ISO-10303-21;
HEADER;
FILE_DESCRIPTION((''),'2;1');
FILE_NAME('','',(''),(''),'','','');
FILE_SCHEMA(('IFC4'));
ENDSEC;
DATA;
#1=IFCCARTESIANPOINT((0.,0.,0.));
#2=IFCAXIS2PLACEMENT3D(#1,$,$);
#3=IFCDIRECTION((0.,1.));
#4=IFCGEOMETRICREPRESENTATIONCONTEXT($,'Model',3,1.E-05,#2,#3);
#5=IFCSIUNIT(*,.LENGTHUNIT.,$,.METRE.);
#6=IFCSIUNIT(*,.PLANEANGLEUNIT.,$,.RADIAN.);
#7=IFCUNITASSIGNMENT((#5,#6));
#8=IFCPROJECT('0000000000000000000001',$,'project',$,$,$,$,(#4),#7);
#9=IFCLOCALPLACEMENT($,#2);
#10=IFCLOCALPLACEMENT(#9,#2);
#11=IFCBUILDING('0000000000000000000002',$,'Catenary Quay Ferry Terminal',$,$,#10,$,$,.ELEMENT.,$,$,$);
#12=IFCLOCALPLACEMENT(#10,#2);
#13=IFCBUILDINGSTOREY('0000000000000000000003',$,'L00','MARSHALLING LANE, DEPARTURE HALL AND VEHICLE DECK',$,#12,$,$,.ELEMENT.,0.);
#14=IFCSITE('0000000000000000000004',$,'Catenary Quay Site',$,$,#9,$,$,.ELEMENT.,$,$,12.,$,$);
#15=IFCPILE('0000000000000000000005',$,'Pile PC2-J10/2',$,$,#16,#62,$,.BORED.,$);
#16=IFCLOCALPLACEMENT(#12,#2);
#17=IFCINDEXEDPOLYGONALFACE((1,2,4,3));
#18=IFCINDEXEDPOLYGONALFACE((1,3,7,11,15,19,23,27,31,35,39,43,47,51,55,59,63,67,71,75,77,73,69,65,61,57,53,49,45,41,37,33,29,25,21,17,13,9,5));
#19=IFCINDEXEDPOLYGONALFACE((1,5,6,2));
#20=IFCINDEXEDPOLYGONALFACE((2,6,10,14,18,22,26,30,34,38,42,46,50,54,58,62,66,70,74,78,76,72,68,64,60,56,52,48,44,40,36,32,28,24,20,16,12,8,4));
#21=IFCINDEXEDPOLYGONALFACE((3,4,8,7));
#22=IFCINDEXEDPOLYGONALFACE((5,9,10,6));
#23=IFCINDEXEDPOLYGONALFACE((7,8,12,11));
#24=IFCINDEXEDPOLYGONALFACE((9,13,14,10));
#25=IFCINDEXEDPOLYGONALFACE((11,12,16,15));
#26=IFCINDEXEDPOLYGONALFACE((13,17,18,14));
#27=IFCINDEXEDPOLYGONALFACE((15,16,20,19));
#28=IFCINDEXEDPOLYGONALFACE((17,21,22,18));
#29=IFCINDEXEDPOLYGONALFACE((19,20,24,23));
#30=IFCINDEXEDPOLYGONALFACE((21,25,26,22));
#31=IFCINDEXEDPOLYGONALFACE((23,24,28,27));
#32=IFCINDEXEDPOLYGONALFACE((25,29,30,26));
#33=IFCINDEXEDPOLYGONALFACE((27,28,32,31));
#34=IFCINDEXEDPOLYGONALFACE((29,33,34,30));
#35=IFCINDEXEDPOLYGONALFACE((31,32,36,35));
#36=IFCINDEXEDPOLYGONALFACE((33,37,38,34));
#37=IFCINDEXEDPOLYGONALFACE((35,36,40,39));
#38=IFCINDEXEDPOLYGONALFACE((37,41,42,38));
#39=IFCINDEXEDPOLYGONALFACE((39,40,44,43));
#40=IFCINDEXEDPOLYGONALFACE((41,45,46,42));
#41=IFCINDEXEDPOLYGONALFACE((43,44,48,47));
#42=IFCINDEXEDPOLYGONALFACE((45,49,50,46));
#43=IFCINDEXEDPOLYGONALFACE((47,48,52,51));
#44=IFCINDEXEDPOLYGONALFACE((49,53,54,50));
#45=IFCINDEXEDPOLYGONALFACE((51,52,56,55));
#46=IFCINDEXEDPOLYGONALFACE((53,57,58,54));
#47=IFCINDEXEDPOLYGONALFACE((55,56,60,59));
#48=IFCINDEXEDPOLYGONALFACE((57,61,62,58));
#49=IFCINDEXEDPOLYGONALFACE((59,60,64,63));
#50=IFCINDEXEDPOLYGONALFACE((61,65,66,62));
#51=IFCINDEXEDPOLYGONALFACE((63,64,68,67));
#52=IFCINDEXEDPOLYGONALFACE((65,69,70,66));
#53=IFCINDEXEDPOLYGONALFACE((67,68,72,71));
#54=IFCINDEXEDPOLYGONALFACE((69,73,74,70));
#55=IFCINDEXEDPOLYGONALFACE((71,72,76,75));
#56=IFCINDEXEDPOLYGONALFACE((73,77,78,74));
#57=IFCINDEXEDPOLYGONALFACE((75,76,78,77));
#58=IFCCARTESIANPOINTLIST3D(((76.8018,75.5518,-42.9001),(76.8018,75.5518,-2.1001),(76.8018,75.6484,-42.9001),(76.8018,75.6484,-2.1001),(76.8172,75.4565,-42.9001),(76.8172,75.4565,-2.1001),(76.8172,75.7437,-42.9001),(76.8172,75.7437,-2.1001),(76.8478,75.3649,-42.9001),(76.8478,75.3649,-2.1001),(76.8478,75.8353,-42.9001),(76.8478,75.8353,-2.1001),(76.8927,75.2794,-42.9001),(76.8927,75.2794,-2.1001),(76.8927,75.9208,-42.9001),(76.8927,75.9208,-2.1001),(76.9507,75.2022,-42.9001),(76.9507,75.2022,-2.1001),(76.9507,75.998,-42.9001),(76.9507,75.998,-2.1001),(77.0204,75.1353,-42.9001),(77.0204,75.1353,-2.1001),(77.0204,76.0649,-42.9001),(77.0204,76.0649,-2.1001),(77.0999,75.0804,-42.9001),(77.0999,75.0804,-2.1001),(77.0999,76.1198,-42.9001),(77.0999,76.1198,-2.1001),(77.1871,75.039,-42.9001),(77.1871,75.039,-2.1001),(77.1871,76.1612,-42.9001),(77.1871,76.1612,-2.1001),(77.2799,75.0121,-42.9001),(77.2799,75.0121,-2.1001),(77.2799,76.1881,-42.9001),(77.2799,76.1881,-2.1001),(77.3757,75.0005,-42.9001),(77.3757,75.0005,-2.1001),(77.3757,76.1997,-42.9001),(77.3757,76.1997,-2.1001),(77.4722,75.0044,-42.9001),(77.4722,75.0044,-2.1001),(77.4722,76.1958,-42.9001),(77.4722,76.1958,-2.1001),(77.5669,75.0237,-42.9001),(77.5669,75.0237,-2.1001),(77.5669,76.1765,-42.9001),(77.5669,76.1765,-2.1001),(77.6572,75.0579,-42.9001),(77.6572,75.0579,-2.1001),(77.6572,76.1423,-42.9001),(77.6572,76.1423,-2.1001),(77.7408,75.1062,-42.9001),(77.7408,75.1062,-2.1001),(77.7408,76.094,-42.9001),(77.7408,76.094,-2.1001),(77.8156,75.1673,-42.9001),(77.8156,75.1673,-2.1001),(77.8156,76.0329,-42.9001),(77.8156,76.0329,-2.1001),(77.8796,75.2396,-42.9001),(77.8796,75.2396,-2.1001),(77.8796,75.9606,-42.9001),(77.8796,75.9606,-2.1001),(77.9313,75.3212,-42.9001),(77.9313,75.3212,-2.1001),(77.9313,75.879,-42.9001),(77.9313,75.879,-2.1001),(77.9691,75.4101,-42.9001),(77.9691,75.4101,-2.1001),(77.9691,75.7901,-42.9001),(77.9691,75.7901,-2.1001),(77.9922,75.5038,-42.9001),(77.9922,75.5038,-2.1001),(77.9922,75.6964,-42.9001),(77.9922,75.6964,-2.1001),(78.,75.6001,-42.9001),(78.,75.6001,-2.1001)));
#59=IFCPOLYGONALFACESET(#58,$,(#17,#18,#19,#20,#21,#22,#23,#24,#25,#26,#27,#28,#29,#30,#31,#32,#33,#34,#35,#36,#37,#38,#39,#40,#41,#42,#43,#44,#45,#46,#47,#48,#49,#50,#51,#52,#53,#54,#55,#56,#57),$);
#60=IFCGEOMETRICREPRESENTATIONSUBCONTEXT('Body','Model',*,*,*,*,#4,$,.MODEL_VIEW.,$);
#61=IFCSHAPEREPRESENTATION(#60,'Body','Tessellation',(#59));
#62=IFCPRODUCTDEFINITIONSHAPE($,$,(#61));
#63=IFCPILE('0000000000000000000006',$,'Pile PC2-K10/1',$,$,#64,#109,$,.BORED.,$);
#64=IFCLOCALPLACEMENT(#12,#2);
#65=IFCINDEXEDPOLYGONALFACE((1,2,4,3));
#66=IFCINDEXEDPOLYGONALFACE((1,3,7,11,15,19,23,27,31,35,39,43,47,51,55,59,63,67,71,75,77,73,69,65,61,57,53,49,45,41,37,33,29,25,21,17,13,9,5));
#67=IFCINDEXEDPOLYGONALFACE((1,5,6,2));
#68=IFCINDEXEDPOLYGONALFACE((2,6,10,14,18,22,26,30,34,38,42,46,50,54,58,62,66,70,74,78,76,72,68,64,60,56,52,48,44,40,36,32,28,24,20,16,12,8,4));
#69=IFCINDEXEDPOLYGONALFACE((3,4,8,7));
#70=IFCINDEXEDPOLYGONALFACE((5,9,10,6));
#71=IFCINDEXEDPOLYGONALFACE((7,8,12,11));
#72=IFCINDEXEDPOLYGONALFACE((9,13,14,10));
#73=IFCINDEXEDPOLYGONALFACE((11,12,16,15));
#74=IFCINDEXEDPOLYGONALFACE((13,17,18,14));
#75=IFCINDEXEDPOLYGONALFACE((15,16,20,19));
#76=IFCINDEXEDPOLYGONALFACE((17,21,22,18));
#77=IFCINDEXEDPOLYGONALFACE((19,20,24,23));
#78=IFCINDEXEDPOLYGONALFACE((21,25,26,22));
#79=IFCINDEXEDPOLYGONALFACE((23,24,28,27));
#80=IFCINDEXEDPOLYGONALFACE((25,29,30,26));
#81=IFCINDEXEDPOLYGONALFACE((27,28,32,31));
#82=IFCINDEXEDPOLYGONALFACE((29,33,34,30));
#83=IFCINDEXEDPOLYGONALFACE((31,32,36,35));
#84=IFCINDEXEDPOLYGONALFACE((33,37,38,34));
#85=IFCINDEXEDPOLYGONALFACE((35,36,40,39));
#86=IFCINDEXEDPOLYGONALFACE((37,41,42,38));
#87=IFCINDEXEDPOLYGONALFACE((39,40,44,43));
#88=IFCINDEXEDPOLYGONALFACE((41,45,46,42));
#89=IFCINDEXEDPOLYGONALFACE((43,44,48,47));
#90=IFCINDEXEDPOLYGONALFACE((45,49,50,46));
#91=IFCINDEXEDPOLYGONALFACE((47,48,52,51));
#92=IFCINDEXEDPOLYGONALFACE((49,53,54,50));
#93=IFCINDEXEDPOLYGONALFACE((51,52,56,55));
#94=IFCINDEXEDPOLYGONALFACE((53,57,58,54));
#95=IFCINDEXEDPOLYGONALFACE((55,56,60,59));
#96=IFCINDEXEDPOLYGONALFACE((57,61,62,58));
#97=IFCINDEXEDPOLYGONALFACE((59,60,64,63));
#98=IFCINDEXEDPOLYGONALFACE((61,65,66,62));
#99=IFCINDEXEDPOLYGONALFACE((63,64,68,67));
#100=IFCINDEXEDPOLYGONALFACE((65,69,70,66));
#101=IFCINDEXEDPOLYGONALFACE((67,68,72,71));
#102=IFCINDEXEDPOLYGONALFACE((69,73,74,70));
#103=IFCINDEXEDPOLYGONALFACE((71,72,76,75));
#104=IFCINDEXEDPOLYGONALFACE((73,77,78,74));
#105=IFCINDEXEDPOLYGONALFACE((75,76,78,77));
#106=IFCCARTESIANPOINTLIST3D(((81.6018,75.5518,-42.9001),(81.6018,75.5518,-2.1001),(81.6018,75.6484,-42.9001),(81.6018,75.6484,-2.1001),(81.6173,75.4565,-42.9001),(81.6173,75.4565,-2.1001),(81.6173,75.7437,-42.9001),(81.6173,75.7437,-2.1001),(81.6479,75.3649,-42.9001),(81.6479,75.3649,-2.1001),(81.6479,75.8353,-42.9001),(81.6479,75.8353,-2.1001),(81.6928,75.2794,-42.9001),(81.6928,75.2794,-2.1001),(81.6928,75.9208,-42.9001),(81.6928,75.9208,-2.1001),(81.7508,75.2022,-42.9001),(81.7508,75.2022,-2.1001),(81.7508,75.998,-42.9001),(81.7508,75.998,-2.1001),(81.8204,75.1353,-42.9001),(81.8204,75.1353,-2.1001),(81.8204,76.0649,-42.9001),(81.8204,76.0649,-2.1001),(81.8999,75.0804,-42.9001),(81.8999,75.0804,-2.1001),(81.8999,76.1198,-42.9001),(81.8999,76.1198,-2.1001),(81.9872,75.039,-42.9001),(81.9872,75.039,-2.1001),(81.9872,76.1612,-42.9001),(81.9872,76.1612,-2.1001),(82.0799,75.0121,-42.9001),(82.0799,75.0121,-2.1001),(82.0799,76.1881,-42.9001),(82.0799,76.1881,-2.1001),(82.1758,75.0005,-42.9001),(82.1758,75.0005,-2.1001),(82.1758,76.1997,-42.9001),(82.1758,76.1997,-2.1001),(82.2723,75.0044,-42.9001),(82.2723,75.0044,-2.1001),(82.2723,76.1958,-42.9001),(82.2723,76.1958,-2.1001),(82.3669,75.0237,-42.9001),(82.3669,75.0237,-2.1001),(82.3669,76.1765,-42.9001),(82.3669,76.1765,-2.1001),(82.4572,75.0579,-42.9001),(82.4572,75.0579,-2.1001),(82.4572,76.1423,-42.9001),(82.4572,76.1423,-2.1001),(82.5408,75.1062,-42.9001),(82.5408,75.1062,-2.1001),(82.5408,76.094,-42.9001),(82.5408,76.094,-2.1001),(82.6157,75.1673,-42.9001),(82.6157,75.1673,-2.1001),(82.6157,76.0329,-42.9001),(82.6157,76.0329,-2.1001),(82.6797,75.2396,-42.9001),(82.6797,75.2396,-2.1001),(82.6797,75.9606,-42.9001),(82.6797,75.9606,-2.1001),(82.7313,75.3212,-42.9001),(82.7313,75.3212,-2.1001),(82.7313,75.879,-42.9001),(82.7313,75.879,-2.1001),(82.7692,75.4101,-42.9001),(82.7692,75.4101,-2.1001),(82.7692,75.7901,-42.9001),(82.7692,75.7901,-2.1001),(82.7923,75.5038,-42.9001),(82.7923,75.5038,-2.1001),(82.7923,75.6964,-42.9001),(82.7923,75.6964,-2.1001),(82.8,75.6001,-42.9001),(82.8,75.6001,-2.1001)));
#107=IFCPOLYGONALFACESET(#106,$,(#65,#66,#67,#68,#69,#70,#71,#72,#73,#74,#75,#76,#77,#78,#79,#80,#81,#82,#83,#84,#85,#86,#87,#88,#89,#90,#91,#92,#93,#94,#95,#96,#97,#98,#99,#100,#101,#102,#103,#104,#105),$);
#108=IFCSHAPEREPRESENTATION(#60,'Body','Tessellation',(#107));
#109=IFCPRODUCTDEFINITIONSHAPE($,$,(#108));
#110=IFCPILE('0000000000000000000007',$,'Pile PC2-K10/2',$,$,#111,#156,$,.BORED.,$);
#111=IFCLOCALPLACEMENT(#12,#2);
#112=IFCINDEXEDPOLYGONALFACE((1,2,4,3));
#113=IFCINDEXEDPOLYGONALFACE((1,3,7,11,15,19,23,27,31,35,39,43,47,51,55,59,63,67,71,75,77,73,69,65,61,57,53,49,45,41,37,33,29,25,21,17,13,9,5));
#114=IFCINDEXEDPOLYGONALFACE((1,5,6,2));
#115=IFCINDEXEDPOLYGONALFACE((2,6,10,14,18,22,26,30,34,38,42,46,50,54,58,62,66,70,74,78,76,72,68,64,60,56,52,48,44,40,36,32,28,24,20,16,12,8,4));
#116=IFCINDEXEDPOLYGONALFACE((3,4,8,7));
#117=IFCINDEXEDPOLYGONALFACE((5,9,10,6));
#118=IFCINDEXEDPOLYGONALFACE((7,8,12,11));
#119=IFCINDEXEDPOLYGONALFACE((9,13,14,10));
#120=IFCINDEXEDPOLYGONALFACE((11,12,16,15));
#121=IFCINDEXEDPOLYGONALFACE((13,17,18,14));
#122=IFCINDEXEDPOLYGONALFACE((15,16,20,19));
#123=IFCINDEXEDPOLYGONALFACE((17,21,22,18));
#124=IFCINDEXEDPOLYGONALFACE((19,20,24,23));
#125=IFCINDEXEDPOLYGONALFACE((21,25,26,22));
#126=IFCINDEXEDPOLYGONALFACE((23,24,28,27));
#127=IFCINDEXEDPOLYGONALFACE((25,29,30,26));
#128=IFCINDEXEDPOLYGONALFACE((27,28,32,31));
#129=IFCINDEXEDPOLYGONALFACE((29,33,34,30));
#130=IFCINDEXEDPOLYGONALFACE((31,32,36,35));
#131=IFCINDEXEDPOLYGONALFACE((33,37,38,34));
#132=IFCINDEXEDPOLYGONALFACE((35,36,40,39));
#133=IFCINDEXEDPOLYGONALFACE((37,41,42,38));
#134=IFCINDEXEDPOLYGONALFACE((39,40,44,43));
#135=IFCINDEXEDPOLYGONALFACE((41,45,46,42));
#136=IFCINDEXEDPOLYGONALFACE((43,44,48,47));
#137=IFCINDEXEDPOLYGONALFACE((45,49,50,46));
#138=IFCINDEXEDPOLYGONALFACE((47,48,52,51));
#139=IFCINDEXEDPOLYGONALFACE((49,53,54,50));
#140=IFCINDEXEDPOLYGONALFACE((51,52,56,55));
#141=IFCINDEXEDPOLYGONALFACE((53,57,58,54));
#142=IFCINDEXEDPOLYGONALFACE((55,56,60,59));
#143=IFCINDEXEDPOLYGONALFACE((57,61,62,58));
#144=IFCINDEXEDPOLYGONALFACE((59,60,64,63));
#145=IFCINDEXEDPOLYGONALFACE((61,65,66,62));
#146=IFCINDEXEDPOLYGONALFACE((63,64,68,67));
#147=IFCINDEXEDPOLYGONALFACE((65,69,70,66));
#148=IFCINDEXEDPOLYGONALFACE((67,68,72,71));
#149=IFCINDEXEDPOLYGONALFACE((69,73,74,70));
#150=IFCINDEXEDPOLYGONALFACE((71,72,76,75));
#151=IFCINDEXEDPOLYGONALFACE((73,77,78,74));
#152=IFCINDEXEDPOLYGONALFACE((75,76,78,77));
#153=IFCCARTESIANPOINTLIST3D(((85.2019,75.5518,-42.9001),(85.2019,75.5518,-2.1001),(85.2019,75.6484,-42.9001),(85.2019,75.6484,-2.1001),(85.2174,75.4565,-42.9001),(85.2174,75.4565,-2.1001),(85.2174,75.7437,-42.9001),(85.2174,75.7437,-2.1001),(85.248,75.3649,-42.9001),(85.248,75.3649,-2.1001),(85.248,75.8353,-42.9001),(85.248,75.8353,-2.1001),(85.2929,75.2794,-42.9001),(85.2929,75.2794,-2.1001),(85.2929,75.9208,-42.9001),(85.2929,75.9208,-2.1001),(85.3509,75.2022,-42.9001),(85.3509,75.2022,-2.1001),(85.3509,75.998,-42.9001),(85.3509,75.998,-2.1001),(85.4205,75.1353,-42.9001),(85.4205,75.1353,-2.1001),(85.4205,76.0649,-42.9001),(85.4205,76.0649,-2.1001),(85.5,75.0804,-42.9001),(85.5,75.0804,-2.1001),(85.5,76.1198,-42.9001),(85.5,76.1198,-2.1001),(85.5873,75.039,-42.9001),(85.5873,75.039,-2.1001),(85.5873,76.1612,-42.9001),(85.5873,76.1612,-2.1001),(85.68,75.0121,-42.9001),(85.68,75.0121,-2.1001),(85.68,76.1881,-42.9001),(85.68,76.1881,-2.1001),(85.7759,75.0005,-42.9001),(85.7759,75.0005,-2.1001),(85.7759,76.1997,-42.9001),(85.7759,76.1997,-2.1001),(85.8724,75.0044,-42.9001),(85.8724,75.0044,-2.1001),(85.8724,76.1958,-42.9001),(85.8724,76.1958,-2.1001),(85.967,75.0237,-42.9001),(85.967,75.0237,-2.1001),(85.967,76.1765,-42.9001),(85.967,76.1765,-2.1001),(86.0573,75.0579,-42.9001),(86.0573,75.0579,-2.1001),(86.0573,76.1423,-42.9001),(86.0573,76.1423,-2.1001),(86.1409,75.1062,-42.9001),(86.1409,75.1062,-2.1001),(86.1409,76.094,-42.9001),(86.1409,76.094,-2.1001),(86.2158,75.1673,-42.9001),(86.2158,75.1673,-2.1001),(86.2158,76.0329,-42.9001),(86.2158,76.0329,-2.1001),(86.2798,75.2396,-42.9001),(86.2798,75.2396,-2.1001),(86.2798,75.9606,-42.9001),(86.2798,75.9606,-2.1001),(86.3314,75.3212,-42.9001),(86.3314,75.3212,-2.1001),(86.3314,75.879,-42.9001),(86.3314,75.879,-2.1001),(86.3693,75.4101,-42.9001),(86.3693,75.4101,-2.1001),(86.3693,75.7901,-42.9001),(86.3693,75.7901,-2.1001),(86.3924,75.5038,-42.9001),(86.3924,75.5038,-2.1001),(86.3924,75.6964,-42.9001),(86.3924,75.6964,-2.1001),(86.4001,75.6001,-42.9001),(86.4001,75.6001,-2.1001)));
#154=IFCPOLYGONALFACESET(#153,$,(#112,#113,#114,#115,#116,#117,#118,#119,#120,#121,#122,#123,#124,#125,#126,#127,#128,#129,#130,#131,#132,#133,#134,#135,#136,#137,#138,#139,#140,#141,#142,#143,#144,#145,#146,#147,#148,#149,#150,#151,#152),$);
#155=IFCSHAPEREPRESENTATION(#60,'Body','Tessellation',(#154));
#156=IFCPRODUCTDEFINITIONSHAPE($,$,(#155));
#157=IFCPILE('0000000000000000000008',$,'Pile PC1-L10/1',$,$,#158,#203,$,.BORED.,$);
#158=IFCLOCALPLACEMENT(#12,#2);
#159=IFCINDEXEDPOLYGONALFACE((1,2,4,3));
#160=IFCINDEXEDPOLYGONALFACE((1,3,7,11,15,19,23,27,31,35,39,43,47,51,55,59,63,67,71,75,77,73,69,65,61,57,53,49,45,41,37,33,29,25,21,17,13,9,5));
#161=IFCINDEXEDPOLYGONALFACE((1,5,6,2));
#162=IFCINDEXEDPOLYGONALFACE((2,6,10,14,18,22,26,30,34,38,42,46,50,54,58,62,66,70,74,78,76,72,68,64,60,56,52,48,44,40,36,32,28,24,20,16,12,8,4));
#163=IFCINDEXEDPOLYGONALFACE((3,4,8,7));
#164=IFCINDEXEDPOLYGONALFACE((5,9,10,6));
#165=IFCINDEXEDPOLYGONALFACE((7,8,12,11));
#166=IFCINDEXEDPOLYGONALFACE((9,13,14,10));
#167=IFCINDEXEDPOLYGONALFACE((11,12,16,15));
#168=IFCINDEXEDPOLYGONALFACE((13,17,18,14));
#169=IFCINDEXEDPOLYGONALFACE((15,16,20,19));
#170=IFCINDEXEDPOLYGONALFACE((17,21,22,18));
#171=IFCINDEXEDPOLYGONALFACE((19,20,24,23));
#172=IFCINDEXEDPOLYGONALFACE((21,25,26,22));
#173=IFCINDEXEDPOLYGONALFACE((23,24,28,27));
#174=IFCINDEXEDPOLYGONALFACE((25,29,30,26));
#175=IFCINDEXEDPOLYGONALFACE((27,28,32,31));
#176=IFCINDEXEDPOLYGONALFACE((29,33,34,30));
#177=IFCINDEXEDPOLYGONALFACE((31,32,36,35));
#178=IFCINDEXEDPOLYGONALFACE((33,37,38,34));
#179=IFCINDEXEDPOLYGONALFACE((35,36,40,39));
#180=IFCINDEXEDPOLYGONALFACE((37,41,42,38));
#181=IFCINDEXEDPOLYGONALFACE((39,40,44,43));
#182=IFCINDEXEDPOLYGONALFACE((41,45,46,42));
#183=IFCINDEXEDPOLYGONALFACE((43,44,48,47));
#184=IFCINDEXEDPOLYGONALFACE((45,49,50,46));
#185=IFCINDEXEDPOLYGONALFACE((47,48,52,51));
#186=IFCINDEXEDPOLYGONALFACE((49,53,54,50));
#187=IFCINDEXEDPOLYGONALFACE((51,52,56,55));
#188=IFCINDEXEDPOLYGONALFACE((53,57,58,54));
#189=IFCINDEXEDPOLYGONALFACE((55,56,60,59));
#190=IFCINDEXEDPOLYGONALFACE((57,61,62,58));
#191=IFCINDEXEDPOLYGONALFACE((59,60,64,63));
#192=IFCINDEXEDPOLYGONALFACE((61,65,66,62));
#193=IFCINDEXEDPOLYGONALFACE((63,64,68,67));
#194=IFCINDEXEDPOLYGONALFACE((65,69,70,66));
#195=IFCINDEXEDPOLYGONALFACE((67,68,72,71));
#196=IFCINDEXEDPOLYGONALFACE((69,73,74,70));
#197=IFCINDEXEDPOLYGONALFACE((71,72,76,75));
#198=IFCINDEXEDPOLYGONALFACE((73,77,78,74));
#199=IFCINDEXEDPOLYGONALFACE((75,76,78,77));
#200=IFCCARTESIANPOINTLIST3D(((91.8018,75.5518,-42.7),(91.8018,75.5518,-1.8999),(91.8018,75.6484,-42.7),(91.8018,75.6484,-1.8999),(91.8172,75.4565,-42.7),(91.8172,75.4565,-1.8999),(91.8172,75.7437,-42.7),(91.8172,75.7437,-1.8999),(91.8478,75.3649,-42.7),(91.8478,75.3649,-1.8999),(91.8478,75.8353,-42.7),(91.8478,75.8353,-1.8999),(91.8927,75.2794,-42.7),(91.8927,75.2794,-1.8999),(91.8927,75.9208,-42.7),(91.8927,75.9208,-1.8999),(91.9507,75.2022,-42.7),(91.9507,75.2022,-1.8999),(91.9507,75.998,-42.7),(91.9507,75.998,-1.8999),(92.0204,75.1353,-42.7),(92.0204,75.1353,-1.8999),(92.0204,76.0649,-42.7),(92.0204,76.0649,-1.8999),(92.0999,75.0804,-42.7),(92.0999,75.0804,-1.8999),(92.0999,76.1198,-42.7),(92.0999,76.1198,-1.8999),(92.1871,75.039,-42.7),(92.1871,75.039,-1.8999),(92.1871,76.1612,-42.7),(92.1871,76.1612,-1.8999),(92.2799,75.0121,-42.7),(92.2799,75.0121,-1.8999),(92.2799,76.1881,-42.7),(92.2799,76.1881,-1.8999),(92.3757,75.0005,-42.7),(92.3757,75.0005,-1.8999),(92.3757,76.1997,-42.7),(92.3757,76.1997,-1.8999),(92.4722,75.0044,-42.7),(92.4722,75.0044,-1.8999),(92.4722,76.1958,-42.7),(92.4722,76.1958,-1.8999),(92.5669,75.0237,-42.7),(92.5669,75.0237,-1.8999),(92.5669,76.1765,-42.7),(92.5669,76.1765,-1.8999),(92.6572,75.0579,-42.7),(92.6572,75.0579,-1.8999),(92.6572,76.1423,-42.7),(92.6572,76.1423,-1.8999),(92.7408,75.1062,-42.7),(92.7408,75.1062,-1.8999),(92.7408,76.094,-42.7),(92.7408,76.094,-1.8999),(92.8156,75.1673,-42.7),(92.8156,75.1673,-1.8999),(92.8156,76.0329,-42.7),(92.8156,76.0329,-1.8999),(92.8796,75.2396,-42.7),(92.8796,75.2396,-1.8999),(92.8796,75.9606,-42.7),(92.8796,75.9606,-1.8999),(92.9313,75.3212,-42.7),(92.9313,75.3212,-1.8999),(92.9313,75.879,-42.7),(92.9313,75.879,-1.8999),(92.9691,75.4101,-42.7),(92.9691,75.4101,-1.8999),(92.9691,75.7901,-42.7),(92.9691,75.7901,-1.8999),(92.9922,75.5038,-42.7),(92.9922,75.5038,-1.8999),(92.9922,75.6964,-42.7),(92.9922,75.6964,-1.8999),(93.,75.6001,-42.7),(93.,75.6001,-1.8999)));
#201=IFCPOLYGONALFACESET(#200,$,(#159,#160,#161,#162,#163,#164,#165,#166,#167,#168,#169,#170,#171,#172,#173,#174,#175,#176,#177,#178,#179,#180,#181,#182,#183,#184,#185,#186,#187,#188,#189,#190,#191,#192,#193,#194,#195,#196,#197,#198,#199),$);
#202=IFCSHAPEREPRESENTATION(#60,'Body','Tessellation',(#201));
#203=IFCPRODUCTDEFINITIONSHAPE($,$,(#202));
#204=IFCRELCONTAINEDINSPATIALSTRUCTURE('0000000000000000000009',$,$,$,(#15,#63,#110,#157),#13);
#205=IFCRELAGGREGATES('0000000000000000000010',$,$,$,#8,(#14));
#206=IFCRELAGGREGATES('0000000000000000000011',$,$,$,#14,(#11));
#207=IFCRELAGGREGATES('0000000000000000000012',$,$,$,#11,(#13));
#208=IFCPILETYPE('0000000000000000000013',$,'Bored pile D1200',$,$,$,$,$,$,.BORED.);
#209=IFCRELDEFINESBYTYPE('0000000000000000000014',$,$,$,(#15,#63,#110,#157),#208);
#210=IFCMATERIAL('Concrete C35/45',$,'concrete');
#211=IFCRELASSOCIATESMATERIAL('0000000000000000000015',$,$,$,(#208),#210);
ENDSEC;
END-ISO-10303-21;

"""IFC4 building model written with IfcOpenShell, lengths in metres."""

from ifc_helpers import new_model, si_unit, direction, frame, origin, origin_2d, place, context, subcontext, project, spatial, circle, extrude, material, material_profile, profile_set, type_object, element, save


model = new_model("IFC4")

# Units and contexts
model_context = context("Model", 3, precision=1e-05, world=origin(), true_north=direction((0.0, 1.0)))
body_context = subcontext(model_context, "Body", "Model", "MODEL_VIEW")
ifc_project = project(units=[si_unit("LENGTHUNIT", "METRE"), si_unit("PLANEANGLEUNIT", "RADIAN")], contexts=[model_context])

# Site, building, storey
site_placement = place(None, origin())
site = spatial("IfcSite", under=ifc_project, at=site_placement, Name="Catenary Quay Site", CompositionType="ELEMENT", RefElevation=12.0)
building_placement = place(site_placement, origin())
building = spatial("IfcBuilding", under=site, at=building_placement, Name="Catenary Quay Ferry Terminal", CompositionType="ELEMENT")
storey_placement = place(building_placement, origin())
storey = spatial("IfcBuildingStorey", under=building, at=storey_placement, Name="L00", Description="MARSHALLING LANE, DEPARTURE HALL AND VEHICLE DECK", CompositionType="ELEMENT", Elevation=0.0)

# Piles
ifc_material_1 = material(Name="Concrete C35/45", Category="concrete")
ifc_material_profile_1 = material_profile(ifc_material_1, circle(Radius=0.6001, at=origin_2d()), Name="D1200")
ifc_profile_set_1 = profile_set([ifc_material_profile_1], Name="Concrete C35/45")
pile_type = type_object("IfcPileType", Name="Bored pile D1200", PredefinedType="BORED", material=ifc_profile_set_1)
for number, where, z_axis, x_axis, name in (
    (1, (77.3999, 75.6001, -2.1001), (0.0, 0.0, -1.0), (1.0, 0.0, 0.0), "Pile PC2-J10/2"),
    (2, (82.2, 75.6001, -2.1001), (0.0, 0.0, -1.0), (1.0, 0.0, 0.0), "Pile PC2-K10/1"),
    (3, (85.8, 75.6001, -2.1001), (0.0, 0.0, -1.0), (1.0, 0.0, 0.0), "Pile PC2-K10/2"),
    (4, (92.3999, 75.6001, -1.8999), (0.0, 0.0, -1.0), (1.0, 0.0, 0.0), "Pile PC1-L10/1"),
):
    element("IfcPile", number, at=place(storey_placement, frame(where, z_axis=z_axis, x_axis=x_axis)), inside=storey, type_object=pile_type, Name=name, PredefinedType="BORED", context=body_context, shape_type="SweptSolid", body=[
        extrude(circle(Radius=0.6001, at=origin_2d()), origin(), (0.0, 0.0, 1.0), 40.8),
    ])

save(model, "model.ifc")
